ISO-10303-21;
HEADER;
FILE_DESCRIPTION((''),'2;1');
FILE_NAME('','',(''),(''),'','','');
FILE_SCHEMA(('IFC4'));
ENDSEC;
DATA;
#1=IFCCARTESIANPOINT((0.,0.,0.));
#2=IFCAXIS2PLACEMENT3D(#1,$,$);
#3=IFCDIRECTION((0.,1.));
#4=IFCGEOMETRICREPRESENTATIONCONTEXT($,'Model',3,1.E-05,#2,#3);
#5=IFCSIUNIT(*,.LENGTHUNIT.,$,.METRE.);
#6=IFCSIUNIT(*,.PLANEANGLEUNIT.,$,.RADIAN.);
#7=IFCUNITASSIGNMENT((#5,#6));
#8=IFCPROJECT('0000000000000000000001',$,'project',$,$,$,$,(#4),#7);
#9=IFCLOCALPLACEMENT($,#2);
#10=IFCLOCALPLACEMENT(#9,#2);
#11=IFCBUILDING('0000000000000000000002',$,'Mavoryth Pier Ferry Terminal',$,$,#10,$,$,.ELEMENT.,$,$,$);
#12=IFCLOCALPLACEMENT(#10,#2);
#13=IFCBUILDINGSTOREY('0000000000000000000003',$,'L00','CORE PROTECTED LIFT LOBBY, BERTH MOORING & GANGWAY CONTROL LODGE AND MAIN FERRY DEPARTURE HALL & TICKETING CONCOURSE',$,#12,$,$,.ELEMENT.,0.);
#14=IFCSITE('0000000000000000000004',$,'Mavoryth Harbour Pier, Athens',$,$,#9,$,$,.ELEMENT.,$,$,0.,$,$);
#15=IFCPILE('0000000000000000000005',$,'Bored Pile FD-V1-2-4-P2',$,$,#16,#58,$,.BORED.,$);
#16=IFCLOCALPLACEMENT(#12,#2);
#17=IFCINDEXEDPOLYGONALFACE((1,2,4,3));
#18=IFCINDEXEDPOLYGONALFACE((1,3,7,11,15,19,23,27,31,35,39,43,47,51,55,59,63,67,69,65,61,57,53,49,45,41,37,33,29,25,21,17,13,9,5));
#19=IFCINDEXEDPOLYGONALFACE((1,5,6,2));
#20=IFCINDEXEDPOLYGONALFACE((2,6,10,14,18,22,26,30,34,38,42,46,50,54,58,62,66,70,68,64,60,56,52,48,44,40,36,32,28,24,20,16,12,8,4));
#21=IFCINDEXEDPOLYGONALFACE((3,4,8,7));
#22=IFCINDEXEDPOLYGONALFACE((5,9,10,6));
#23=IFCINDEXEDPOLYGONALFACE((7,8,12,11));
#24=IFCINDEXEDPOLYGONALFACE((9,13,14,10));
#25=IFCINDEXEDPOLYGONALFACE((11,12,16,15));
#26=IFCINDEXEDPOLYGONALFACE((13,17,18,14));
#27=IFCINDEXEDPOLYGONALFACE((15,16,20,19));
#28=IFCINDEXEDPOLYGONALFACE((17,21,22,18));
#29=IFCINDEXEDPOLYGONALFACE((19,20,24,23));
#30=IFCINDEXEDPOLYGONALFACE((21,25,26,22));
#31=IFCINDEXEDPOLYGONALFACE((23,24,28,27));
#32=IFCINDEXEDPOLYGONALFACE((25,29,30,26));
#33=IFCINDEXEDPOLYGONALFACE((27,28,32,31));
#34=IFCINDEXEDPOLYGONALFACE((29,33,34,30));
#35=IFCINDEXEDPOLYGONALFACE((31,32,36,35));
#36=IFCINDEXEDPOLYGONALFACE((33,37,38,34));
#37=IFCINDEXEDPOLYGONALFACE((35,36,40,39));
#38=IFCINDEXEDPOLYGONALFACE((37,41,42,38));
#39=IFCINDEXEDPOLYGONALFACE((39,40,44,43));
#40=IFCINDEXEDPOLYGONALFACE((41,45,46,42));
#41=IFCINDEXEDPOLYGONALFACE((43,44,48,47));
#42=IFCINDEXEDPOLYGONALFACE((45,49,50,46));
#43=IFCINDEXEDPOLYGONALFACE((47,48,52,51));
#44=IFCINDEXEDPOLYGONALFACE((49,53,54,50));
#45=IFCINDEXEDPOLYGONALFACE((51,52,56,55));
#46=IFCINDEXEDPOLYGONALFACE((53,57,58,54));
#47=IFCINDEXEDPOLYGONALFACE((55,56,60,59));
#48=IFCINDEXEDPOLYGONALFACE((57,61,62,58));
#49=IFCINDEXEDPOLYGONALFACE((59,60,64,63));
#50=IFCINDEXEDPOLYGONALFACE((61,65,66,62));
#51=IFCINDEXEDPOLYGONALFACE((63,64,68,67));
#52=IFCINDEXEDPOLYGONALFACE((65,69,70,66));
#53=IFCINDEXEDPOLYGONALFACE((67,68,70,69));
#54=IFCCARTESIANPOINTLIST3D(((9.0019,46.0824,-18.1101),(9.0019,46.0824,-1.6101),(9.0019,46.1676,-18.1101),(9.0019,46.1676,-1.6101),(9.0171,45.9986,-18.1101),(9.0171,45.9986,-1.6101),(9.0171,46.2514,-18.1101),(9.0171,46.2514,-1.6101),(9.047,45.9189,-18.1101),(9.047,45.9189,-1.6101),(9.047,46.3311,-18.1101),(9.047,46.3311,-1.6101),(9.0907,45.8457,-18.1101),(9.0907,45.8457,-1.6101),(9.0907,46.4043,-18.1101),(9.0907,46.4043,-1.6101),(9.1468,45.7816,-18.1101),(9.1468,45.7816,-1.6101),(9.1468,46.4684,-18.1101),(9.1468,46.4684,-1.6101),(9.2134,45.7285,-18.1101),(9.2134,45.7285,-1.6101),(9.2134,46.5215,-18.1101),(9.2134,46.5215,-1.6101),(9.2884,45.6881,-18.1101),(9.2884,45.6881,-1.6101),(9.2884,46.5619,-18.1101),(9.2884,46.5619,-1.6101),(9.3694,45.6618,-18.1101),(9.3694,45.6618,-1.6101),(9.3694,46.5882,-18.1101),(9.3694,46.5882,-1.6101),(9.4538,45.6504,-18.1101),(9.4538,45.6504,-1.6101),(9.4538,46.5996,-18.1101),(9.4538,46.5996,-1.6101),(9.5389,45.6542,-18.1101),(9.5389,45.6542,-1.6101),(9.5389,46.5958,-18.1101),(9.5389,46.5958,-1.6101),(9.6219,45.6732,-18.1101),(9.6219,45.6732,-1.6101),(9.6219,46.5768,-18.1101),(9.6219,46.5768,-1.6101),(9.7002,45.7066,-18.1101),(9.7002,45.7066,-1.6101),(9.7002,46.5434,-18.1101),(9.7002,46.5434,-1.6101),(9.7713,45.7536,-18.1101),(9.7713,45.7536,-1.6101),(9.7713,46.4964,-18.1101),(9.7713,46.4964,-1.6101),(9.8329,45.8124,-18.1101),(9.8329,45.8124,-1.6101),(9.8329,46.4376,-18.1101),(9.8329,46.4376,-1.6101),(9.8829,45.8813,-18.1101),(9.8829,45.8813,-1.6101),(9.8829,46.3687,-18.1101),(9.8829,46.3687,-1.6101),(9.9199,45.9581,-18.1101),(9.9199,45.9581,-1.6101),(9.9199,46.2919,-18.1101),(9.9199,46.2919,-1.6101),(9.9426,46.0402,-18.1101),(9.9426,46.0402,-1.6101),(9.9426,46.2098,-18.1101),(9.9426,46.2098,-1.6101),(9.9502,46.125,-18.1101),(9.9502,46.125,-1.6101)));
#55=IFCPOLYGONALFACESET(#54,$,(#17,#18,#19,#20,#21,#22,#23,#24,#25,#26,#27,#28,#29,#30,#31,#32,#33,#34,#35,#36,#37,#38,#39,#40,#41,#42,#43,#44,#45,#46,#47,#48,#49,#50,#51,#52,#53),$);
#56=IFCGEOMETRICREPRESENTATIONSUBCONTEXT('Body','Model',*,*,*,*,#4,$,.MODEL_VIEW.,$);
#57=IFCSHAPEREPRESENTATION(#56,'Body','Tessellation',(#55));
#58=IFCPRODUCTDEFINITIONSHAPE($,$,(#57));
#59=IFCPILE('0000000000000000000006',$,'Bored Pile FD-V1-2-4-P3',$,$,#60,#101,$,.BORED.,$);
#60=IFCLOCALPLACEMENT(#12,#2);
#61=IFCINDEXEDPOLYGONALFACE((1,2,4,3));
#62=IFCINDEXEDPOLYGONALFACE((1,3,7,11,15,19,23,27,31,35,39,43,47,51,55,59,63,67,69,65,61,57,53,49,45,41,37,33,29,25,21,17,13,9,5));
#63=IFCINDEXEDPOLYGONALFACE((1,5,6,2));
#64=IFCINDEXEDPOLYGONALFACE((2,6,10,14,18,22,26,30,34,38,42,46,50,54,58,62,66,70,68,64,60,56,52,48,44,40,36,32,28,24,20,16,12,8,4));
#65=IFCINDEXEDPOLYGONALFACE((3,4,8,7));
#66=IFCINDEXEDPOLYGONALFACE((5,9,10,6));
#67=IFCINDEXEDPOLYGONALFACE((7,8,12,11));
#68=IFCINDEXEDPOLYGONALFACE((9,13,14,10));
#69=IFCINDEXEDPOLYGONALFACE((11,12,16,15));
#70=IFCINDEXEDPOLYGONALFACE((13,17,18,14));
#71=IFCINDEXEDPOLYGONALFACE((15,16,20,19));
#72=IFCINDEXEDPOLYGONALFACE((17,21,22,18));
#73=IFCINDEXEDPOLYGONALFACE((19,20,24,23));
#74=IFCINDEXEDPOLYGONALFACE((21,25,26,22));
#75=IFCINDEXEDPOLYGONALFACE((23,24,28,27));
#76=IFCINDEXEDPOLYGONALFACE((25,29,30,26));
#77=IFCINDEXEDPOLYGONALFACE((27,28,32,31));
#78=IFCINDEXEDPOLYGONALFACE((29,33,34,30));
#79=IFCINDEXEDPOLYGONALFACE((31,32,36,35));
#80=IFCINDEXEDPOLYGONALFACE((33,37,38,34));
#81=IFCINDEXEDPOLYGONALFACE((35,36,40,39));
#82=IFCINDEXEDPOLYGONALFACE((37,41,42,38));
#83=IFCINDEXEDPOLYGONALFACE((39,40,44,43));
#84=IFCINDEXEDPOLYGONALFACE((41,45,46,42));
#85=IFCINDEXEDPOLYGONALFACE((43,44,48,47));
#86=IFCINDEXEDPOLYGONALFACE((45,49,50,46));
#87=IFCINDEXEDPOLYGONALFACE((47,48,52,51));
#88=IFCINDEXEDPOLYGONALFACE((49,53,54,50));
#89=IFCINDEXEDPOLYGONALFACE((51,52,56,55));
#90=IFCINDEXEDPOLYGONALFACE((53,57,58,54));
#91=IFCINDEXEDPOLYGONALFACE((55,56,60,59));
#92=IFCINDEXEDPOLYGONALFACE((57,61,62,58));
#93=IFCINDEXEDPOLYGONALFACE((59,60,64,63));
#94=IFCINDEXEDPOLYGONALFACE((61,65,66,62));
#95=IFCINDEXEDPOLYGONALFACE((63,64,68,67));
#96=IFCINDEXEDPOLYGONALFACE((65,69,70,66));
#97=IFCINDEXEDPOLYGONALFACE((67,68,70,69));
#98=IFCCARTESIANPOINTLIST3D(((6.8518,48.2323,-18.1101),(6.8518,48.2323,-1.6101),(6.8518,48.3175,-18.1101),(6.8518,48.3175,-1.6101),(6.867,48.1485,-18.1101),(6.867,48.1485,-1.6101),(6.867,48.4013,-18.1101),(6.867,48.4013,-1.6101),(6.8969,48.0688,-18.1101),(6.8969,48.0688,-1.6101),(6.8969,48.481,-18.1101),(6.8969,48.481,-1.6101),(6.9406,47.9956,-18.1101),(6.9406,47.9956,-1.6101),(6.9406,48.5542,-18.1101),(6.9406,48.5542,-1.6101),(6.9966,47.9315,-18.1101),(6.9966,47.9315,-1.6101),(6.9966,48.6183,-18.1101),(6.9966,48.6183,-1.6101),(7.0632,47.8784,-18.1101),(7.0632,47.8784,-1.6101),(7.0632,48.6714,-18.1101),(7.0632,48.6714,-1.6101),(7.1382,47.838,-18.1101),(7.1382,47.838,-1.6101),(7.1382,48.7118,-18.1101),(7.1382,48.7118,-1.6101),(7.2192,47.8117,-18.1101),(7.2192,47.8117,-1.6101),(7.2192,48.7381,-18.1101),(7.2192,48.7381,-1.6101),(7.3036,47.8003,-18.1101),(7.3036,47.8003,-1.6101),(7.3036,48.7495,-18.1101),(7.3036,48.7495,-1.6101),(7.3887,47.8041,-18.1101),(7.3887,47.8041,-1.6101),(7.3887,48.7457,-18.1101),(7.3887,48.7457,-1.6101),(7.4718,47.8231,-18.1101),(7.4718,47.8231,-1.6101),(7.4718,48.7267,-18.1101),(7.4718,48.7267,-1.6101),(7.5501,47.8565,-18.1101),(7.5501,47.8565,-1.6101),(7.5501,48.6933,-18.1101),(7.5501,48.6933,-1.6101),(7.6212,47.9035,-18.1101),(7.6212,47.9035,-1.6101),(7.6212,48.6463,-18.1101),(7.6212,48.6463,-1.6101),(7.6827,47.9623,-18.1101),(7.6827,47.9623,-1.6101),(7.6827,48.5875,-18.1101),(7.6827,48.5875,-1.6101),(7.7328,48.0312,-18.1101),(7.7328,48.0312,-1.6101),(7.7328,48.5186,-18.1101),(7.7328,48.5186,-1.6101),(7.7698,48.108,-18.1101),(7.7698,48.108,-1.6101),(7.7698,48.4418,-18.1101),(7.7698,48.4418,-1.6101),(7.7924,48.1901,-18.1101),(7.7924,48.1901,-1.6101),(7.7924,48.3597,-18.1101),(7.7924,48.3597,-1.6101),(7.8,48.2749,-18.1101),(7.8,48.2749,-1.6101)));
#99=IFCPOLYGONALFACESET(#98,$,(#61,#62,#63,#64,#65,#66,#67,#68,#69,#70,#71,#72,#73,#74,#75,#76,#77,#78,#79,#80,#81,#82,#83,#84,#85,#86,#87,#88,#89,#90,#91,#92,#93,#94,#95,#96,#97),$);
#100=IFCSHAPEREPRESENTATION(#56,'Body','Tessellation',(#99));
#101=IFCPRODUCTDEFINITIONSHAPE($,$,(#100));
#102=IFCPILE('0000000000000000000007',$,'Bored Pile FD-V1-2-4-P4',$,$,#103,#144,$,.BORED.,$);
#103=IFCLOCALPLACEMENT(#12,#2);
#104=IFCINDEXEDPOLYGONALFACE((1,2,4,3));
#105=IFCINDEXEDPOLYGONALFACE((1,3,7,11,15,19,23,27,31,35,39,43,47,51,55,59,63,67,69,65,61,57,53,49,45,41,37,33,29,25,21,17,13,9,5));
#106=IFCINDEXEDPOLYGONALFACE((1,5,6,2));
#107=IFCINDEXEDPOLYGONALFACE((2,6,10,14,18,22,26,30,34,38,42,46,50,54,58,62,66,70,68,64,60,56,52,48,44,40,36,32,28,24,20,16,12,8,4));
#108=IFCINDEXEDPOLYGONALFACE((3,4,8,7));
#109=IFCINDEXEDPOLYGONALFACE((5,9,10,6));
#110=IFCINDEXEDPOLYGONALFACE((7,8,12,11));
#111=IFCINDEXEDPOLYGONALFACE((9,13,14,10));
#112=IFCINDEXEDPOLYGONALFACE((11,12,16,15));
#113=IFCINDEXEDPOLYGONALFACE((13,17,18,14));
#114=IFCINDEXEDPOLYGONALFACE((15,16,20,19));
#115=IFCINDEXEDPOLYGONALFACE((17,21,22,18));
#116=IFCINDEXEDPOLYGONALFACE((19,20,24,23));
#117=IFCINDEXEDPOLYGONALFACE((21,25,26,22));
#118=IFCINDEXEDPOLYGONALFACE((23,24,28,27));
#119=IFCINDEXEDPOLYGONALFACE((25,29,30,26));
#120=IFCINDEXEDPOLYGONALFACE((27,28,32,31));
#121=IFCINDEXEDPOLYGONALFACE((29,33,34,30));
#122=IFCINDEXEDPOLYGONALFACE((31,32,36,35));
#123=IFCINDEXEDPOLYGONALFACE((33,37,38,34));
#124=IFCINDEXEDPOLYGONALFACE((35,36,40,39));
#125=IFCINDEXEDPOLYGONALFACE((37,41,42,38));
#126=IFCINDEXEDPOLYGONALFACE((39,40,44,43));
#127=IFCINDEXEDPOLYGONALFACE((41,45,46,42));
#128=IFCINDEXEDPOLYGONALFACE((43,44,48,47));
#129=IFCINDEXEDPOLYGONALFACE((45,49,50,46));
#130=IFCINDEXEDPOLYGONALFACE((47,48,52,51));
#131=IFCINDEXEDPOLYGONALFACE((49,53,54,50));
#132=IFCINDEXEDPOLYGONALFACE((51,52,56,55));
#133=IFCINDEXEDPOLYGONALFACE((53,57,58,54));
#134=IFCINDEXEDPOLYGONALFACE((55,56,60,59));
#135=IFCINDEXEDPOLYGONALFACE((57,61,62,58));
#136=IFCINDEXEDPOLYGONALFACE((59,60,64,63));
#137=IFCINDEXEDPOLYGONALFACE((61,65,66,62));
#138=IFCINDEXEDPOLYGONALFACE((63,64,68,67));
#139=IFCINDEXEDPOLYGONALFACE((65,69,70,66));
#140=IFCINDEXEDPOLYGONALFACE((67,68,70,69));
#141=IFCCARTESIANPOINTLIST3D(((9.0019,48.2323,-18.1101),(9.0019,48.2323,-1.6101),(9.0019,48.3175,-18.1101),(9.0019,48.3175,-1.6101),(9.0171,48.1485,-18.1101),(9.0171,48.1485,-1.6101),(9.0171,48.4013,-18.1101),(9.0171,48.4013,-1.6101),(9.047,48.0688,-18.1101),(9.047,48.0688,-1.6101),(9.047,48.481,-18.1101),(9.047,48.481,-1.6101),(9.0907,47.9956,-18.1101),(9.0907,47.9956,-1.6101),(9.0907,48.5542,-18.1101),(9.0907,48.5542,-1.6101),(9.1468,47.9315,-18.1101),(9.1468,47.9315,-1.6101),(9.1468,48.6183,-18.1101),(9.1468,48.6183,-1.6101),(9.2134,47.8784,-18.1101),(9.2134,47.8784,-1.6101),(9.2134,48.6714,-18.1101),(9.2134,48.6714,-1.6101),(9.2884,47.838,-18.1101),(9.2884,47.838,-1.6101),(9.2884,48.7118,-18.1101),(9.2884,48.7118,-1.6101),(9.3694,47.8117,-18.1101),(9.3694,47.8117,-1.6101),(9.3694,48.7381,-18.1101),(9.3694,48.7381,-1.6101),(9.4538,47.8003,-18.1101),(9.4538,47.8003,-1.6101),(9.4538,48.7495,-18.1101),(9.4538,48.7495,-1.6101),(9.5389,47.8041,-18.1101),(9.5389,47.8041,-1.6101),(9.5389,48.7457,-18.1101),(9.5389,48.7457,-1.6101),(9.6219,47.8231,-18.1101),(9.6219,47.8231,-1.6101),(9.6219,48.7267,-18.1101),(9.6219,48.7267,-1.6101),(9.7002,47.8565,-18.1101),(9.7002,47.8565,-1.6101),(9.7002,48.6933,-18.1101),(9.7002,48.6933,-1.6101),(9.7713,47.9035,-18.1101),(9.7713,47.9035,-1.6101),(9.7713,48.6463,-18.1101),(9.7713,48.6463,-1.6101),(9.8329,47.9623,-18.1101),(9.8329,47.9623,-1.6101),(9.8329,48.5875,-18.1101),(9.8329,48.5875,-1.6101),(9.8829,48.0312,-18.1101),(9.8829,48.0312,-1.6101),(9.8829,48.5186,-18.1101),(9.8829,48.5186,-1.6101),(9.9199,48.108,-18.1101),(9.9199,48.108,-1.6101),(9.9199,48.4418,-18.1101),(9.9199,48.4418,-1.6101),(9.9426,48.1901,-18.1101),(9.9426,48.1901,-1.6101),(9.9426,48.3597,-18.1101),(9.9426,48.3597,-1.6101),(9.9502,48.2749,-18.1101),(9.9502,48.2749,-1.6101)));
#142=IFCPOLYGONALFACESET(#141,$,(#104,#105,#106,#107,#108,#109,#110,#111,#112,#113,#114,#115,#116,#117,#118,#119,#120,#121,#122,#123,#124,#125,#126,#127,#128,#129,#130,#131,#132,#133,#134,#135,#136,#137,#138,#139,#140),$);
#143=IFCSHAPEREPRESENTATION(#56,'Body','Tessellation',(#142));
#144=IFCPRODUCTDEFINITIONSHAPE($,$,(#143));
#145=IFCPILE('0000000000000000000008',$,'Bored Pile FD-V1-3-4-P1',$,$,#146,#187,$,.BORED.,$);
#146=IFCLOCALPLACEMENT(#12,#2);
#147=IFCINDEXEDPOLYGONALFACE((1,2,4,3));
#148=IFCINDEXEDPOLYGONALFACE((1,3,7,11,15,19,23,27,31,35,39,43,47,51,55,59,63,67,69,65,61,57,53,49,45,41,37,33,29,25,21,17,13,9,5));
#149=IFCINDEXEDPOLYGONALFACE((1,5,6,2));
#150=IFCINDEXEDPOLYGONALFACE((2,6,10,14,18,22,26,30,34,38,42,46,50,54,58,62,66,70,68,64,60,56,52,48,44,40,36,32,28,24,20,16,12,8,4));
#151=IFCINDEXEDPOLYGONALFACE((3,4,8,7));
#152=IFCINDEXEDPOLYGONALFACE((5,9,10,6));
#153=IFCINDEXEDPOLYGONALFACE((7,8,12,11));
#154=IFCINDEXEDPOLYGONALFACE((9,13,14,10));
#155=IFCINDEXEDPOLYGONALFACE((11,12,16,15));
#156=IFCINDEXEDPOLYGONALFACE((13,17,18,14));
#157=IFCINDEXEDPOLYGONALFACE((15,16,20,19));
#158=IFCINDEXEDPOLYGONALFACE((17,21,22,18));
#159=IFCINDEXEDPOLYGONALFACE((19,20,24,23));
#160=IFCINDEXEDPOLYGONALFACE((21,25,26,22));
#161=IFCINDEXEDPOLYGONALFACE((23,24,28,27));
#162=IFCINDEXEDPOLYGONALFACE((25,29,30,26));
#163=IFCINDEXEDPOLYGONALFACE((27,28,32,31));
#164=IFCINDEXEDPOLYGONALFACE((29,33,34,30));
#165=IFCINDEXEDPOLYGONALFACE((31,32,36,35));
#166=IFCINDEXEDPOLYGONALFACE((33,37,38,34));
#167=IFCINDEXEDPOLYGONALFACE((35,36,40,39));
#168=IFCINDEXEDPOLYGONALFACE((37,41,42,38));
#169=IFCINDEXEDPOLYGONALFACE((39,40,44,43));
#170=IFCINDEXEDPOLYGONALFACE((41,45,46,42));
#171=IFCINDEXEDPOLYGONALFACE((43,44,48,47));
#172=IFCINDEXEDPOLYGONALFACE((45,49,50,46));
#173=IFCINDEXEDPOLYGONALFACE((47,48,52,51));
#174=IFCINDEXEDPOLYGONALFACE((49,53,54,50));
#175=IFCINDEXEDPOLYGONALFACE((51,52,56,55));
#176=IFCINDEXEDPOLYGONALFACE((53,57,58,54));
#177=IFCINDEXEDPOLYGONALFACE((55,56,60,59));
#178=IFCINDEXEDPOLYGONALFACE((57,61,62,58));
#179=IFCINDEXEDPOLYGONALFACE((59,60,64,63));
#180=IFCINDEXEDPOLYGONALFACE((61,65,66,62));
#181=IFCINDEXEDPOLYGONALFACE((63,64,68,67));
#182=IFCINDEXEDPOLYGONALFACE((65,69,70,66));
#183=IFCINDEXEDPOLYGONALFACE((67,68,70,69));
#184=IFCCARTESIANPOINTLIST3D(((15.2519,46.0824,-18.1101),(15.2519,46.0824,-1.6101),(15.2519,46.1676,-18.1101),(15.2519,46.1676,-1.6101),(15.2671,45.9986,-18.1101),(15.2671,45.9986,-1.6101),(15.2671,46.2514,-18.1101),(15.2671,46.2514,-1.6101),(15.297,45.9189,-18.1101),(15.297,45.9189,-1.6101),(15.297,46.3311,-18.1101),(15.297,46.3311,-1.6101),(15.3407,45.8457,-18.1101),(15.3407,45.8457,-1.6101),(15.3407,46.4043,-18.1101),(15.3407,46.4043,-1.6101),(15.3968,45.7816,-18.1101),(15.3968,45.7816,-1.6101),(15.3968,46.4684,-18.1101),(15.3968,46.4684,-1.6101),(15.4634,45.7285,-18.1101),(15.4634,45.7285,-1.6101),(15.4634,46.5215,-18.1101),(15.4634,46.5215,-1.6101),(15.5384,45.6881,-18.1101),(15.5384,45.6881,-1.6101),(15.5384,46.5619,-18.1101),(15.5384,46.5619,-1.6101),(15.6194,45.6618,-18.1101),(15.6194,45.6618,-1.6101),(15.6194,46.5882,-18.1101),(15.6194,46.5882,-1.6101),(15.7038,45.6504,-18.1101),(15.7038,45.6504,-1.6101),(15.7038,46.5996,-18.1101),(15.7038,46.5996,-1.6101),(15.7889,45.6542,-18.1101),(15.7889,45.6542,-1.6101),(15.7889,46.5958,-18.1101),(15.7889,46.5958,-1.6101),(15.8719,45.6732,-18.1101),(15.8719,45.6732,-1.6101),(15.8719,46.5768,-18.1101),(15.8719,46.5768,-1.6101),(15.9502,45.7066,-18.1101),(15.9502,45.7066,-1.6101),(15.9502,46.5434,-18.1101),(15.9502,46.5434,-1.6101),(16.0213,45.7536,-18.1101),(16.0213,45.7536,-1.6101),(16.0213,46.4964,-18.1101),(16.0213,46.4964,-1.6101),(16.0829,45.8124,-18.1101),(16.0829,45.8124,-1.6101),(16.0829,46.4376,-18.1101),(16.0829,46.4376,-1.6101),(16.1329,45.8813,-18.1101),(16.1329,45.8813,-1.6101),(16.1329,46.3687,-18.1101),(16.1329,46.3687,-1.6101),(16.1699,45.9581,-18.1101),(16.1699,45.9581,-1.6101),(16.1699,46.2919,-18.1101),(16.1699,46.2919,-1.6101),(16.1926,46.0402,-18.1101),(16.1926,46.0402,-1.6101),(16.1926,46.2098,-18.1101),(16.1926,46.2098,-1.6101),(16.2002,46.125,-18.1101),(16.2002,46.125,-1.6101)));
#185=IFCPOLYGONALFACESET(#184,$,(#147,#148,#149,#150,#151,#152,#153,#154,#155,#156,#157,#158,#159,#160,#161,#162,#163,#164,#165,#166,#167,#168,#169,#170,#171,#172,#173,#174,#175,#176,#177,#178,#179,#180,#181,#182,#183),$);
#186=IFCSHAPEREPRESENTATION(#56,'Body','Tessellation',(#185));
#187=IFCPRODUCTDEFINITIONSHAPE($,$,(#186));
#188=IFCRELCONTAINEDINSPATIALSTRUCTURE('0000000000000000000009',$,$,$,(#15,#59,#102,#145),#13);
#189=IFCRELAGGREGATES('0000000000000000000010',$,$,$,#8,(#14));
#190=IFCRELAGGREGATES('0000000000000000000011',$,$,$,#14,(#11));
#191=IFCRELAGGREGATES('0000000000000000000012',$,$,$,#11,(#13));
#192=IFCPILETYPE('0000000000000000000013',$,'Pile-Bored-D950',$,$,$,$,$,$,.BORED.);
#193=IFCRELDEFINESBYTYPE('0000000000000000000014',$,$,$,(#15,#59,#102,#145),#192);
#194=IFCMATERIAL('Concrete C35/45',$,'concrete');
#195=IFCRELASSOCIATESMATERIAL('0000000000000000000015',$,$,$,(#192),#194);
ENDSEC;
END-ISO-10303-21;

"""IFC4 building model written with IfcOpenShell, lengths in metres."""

from ifc_helpers import new_model, si_unit, direction, frame, origin, origin_2d, place, context, subcontext, project, spatial, circle, extrude, material, material_profile, profile_set, type_object, element, save


model = new_model("IFC4")

# Units and contexts
model_context = context("Model", 3, precision=1e-05, world=origin(), true_north=direction((0.0, 1.0)))
body_context = subcontext(model_context, "Body", "Model", "MODEL_VIEW")
ifc_project = project(units=[si_unit("LENGTHUNIT", "METRE"), si_unit("PLANEANGLEUNIT", "RADIAN")], contexts=[model_context])

# Site, building, storey
site_placement = place(None, origin())
site = spatial("IfcSite", under=ifc_project, at=site_placement, Name="Mavoryth Harbour Pier, Athens", CompositionType="ELEMENT", RefElevation=0.0)
building_placement = place(site_placement, origin())
building = spatial("IfcBuilding", under=site, at=building_placement, Name="Mavoryth Pier Ferry Terminal", CompositionType="ELEMENT")
storey_placement = place(building_placement, origin())
storey = spatial("IfcBuildingStorey", under=building, at=storey_placement, Name="L00", Description="CORE PROTECTED LIFT LOBBY, BERTH MOORING & GANGWAY CONTROL LODGE AND MAIN FERRY DEPARTURE HALL & TICKETING CONCOURSE", CompositionType="ELEMENT", Elevation=0.0)

# Shared definitions
ifc_material_1 = material(Name="Concrete C35/45", Category="concrete")

# Piles
ifc_material_profile_1 = material_profile(ifc_material_1, circle(Radius=0.4751, at=origin_2d()), Name="PILE D950", Category="concrete")
ifc_profile_set_1 = profile_set([ifc_material_profile_1], Name="Concrete C35/45 - PILE D950")
pile_type_1 = type_object("IfcPileType", Name="Pile-Bored-D950", PredefinedType="BORED", material=ifc_profile_set_1)
for number, where, z_axis, x_axis, name in (
    (1, (9.4751, 46.125, -1.6101), (0.0, 0.0, -1.0), (1.0, 0.0, 0.0), "Bored Pile FD-V1-2-4-P2"),
    (2, (7.325, 48.2749, -1.6101), (0.0, 0.0, -1.0), (1.0, 0.0, 0.0), "Bored Pile FD-V1-2-4-P3"),
    (3, (9.4751, 48.2749, -1.6101), (0.0, 0.0, -1.0), (1.0, 0.0, 0.0), "Bored Pile FD-V1-2-4-P4"),
    (4, (15.7251, 46.125, -1.6101), (0.0, 0.0, -1.0), (1.0, 0.0, 0.0), "Bored Pile FD-V1-3-4-P1"),
):
    element("IfcPile", number, at=place(storey_placement, frame(where, z_axis=z_axis, x_axis=x_axis)), inside=storey, type_object=pile_type_1, Name=name, PredefinedType="BORED", context=body_context, shape_type="SweptSolid", body=[
        extrude(circle(Radius=0.4751, at=origin_2d()), origin(), (0.0, 0.0, 1.0), 16.5),
    ])

save(model, "model.ifc")
